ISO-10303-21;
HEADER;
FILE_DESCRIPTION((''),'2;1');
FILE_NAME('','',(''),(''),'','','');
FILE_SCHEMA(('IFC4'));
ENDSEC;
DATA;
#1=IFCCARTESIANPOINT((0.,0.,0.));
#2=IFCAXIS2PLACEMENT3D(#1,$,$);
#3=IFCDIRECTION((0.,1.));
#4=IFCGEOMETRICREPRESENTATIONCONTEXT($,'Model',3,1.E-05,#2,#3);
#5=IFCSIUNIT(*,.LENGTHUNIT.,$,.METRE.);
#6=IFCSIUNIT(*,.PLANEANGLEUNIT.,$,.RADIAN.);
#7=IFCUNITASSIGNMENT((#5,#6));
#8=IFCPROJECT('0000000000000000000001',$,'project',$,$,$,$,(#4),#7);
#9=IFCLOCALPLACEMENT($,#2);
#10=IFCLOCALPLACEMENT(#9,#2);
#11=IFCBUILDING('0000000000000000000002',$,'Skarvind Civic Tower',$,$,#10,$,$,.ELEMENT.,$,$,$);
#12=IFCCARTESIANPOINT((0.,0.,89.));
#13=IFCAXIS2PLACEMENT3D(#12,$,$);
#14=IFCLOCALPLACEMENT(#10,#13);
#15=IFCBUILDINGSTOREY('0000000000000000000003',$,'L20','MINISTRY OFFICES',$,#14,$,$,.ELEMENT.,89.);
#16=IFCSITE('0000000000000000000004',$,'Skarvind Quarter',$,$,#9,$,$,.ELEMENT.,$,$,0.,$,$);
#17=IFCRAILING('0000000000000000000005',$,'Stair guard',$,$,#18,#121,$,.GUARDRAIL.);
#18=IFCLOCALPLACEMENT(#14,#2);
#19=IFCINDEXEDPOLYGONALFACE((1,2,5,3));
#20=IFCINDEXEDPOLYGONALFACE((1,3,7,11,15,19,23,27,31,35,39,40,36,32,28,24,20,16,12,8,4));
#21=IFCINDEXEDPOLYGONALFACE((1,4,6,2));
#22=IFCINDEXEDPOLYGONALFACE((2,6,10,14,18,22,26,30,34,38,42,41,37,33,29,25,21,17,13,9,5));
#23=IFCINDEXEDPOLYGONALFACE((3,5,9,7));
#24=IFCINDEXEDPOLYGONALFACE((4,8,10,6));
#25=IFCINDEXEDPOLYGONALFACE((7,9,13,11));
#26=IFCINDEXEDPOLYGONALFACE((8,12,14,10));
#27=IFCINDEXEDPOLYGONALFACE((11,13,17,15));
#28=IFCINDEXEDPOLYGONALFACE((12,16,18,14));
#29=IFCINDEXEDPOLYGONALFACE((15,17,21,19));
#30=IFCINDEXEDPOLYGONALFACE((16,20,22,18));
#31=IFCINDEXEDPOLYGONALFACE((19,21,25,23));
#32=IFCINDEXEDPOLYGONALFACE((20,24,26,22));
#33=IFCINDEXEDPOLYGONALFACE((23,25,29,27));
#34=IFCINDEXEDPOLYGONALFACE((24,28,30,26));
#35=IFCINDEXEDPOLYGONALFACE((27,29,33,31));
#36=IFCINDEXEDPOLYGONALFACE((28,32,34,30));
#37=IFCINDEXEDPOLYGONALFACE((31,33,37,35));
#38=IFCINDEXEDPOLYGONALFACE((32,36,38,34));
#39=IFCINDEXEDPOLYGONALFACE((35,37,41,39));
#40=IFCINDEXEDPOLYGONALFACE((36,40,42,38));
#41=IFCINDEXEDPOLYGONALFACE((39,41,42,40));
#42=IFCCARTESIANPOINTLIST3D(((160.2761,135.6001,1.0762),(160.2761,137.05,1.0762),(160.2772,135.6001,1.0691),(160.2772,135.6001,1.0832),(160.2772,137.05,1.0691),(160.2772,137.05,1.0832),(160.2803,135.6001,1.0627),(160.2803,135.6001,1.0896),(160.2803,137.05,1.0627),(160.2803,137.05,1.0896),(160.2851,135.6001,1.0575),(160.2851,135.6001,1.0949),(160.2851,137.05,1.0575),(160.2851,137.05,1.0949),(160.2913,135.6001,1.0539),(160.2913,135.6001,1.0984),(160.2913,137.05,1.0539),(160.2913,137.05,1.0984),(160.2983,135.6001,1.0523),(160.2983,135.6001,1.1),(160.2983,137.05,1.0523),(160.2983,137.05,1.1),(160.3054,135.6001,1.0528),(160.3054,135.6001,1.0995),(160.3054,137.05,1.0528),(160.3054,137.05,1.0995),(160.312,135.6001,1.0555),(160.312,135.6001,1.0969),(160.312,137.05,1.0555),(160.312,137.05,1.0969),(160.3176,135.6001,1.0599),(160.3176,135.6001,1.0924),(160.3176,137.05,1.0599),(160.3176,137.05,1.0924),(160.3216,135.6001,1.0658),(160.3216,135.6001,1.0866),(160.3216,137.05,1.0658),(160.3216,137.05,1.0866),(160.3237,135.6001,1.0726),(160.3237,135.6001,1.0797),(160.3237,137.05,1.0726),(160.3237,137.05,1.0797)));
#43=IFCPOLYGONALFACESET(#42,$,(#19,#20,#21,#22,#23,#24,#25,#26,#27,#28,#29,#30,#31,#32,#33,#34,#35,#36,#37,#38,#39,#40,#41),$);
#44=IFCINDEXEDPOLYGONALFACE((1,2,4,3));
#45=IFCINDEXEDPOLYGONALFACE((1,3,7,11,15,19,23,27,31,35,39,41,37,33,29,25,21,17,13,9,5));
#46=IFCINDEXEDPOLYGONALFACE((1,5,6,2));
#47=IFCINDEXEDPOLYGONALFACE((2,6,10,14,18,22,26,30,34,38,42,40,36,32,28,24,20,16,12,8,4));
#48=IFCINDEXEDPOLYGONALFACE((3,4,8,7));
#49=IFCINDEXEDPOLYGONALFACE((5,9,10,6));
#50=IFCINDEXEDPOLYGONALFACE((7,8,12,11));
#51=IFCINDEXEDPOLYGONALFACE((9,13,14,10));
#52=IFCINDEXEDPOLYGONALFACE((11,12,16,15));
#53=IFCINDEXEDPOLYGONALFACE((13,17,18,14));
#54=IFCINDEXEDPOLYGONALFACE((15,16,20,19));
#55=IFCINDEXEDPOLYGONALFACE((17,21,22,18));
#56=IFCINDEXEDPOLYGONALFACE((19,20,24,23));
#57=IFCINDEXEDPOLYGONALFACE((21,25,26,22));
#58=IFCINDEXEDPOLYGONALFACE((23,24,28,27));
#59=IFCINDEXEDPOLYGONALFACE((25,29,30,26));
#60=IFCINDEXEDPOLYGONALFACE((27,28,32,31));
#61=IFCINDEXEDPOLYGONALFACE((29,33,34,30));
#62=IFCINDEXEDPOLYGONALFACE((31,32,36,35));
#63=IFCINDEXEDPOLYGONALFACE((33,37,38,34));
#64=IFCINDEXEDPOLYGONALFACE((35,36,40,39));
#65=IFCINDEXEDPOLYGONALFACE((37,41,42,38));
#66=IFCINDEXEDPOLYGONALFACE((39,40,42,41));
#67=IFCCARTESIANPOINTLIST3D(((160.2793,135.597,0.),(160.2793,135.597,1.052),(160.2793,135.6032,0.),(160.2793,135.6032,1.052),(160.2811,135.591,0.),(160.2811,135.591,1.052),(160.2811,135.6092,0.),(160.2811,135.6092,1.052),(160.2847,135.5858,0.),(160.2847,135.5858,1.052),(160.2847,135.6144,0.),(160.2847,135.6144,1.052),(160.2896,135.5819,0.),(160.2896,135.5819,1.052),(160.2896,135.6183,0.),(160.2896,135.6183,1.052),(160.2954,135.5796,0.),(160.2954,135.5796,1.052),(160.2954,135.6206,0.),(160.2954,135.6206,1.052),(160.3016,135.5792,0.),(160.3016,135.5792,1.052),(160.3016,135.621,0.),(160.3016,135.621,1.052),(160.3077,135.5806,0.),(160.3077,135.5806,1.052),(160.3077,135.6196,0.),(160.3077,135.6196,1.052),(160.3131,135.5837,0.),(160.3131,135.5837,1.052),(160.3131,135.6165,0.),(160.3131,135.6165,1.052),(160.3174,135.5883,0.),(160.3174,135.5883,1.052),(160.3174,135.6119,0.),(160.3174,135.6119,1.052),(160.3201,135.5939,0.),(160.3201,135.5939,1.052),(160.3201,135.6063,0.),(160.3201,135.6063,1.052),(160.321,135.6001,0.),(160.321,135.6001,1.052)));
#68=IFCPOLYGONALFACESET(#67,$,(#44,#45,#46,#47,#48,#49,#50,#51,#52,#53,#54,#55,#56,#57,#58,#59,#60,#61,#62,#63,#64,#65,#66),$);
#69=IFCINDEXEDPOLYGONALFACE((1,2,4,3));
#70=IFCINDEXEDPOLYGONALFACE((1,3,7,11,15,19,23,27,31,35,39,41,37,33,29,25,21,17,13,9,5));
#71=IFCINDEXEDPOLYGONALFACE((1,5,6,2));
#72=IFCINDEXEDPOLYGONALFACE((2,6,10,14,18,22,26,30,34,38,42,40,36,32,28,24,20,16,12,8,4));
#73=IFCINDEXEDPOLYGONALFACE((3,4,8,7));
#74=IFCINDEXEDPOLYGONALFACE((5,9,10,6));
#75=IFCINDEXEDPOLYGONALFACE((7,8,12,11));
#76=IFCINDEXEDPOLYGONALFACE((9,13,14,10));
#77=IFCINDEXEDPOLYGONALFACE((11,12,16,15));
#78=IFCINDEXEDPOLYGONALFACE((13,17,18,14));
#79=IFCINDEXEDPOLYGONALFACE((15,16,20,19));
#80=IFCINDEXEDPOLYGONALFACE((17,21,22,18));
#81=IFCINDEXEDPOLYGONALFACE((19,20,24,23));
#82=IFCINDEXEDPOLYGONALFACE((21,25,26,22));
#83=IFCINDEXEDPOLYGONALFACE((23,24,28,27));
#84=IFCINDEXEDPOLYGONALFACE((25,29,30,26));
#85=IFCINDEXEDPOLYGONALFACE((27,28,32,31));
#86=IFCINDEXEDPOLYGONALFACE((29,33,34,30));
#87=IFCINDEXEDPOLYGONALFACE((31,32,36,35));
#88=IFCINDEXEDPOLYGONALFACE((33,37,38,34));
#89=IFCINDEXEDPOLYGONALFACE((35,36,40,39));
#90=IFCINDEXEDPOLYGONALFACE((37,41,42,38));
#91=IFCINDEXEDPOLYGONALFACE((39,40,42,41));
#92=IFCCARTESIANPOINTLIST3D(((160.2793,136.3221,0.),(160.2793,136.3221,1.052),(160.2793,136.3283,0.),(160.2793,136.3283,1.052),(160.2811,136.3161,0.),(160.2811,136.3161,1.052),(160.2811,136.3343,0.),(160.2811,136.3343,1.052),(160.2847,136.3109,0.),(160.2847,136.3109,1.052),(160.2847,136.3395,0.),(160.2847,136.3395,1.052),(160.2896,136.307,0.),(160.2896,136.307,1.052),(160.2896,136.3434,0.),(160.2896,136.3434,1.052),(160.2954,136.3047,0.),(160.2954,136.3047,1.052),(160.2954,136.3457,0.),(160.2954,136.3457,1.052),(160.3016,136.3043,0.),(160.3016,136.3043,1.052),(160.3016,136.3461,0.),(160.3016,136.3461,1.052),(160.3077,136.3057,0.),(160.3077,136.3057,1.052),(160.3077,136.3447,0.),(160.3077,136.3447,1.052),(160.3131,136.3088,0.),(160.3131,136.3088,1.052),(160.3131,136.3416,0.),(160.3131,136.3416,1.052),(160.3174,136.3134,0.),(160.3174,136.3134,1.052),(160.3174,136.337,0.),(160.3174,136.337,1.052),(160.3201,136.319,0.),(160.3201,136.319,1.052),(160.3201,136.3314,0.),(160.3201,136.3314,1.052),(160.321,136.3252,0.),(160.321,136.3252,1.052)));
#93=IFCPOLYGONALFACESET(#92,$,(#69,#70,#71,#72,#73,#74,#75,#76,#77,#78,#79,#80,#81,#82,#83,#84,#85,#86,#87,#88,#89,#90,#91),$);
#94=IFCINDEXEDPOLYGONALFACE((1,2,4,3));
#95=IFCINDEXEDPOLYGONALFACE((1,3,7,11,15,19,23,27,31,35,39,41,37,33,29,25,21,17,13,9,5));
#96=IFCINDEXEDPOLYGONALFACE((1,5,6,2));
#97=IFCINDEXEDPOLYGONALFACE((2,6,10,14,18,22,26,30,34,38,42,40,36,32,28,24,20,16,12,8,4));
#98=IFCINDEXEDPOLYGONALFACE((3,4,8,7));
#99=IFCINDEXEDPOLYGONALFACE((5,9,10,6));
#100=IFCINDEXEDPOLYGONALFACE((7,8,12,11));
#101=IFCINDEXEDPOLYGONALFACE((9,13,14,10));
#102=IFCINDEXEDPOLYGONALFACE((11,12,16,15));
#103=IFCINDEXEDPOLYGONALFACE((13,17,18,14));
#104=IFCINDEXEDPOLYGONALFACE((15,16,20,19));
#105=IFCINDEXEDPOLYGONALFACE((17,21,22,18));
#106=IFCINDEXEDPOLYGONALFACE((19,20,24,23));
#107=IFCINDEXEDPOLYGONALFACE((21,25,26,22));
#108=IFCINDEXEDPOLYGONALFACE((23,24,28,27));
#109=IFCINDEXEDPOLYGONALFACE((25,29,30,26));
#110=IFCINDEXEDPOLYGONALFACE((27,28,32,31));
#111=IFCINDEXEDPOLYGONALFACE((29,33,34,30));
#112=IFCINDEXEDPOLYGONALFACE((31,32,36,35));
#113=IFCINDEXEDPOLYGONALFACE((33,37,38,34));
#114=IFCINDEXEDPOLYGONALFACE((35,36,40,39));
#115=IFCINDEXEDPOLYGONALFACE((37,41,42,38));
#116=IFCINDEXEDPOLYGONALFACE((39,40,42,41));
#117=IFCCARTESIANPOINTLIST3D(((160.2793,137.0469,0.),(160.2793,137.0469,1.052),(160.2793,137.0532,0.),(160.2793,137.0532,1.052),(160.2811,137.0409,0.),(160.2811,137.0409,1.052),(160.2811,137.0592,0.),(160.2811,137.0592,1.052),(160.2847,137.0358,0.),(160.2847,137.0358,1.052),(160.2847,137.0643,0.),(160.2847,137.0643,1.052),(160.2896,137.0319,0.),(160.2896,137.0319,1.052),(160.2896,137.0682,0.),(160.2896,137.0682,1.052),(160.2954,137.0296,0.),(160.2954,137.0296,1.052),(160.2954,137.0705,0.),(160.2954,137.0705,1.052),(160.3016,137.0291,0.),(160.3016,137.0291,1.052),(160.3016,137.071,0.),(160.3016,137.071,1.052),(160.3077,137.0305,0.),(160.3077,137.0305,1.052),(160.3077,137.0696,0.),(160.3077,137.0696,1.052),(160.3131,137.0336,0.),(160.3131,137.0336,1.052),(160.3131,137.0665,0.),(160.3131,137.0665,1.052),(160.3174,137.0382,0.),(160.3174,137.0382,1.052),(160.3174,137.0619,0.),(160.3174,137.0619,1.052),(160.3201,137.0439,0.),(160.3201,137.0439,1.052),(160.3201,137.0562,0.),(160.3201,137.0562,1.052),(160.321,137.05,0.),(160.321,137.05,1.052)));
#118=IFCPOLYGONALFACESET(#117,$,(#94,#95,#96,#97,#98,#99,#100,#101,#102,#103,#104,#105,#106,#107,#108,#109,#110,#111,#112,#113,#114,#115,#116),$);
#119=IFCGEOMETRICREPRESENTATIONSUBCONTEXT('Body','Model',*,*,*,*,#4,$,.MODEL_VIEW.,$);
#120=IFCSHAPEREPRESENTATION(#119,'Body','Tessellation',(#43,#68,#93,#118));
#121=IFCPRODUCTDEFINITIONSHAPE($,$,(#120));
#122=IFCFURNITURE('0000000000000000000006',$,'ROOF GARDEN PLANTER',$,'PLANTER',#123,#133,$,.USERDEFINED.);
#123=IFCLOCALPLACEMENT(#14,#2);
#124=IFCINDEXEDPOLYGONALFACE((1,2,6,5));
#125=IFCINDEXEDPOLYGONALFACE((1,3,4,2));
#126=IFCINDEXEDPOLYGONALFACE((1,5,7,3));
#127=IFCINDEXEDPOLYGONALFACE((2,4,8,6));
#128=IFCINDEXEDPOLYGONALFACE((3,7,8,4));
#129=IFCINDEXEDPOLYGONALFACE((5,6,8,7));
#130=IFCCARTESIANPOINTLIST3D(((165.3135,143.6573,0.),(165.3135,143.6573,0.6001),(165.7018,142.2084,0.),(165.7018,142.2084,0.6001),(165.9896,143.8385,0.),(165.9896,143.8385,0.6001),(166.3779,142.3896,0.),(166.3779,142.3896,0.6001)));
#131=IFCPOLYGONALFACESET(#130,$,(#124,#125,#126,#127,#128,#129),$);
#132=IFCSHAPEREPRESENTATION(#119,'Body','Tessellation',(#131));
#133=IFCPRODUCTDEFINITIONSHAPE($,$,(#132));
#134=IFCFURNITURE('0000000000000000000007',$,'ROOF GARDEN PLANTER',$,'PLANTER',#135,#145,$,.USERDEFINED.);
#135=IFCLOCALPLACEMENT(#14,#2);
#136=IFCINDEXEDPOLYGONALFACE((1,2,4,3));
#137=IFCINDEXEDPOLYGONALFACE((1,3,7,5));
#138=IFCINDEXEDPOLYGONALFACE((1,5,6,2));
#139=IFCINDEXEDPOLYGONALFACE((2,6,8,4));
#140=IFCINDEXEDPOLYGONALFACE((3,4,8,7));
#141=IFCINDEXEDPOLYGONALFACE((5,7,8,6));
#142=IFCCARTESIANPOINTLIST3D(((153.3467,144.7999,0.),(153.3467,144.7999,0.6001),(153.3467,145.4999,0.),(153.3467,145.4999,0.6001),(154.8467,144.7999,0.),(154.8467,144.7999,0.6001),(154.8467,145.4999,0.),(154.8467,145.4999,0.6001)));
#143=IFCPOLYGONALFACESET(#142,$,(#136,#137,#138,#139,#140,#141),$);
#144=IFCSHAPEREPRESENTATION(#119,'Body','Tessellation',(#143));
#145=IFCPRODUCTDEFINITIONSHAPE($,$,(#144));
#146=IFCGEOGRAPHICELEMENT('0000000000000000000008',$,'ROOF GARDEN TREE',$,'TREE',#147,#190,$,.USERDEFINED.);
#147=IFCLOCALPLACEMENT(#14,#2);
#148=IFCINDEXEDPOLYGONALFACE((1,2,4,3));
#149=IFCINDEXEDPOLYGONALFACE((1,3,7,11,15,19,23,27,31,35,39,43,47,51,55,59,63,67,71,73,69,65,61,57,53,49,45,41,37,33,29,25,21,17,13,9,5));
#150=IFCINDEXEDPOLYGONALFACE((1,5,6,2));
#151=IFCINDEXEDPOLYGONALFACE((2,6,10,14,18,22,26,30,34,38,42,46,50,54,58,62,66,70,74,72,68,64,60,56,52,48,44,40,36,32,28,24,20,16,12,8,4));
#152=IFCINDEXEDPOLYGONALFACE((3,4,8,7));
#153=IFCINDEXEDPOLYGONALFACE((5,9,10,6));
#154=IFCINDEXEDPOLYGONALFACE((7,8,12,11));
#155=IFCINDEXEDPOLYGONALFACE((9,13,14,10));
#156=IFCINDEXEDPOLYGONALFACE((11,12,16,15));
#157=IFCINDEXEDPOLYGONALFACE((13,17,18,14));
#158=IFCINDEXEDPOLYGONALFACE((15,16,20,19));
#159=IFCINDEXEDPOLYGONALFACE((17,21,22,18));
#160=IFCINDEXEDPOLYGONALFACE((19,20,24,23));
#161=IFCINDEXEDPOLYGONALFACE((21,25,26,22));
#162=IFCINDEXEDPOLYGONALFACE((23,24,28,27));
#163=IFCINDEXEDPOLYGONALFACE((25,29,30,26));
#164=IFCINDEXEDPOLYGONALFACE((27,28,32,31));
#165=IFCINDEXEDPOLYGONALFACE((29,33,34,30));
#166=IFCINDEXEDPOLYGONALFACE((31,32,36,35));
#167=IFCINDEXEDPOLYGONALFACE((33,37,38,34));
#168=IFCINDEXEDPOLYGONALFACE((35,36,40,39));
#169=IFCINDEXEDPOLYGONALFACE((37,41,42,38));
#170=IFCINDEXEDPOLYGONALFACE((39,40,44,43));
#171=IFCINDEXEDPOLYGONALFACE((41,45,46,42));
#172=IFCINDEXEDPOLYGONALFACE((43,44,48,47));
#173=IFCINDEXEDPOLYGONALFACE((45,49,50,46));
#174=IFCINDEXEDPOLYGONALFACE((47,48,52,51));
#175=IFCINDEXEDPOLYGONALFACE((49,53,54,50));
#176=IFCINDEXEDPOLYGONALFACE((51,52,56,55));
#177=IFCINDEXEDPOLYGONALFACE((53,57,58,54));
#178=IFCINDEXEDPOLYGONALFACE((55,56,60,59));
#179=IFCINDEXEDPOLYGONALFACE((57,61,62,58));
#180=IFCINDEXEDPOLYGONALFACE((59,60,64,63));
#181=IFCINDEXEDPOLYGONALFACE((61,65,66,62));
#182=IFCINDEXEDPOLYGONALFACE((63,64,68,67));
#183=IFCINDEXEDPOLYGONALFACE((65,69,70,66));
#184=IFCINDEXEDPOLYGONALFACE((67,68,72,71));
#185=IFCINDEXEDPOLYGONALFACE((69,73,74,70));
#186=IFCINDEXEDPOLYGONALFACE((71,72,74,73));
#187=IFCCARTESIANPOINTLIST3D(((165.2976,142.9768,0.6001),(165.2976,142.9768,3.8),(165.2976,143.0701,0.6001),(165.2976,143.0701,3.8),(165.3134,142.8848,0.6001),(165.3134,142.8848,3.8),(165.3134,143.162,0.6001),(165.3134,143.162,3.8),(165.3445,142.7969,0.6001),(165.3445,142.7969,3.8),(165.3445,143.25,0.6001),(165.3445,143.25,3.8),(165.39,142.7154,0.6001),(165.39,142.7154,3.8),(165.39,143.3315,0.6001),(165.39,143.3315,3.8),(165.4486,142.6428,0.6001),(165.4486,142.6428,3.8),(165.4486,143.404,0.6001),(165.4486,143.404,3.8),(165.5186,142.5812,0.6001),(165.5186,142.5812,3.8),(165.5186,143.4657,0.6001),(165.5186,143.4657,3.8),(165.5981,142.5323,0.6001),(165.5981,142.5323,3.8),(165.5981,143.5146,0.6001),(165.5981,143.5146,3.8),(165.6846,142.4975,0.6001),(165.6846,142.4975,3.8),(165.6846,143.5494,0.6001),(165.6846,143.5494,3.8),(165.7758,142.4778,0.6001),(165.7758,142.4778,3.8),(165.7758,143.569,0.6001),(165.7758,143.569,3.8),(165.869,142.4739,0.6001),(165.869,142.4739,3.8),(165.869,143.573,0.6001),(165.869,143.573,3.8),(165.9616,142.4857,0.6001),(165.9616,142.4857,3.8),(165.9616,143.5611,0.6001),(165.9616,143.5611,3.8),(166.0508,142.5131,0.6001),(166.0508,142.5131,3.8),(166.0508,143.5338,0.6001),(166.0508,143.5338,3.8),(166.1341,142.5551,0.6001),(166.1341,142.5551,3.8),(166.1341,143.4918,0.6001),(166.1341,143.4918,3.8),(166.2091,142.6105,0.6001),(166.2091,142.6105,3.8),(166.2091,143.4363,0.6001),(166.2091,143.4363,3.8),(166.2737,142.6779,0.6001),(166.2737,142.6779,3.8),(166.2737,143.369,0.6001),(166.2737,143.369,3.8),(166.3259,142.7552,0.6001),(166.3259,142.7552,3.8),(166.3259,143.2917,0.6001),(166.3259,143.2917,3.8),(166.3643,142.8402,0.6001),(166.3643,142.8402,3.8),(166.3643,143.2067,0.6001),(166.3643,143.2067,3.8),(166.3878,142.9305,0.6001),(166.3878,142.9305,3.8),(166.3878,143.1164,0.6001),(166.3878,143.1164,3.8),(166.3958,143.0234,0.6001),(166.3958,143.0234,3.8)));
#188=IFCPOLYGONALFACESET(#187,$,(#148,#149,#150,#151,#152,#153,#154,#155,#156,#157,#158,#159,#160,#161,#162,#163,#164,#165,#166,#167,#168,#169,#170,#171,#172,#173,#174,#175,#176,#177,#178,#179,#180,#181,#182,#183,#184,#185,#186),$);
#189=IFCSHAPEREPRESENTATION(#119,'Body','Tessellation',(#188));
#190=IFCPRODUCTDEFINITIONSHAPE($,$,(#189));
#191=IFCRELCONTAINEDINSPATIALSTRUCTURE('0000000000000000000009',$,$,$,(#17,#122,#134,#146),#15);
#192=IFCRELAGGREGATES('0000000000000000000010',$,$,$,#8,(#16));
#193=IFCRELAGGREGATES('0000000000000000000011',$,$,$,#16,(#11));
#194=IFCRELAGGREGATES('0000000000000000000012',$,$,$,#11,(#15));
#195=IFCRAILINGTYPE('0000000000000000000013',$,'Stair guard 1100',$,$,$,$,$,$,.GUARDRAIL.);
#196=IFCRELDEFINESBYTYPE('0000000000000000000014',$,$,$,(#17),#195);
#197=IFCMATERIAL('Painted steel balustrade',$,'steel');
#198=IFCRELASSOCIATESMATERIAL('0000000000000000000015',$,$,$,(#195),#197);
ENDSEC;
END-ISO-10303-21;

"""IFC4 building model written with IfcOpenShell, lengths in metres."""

from ifc_helpers import new_model, si_unit, direction, frame, origin, origin_2d, place, context, subcontext, project, spatial, rectangle, circle, extrude, material, type_object, element, save


model = new_model("IFC4")

# Units and contexts
model_context = context("Model", 3, precision=1e-05, world=origin(), true_north=direction((0.0, 1.0)))
body_context = subcontext(model_context, "Body", "Model", "MODEL_VIEW")
ifc_project = project(units=[si_unit("LENGTHUNIT", "METRE"), si_unit("PLANEANGLEUNIT", "RADIAN")], contexts=[model_context])

# Site, building, storey
site_placement = place(None, origin())
site = spatial("IfcSite", under=ifc_project, at=site_placement, Name="Skarvind Quarter", CompositionType="ELEMENT", RefElevation=0.0)
building_placement = place(site_placement, origin())
building = spatial("IfcBuilding", under=site, at=building_placement, Name="Skarvind Civic Tower", CompositionType="ELEMENT")
storey_placement = place(building_placement, frame((0.0, 0.0, 89.0)))
storey = spatial("IfcBuildingStorey", under=building, at=storey_placement, Name="L20", Description="MINISTRY OFFICES", CompositionType="ELEMENT", Elevation=89.0)

# Railing
ifc_material_1 = material(Name="Painted steel balustrade", Category="steel")
railing_type_1 = type_object("IfcRailingType", Name="Stair guard 1100", PredefinedType="GUARDRAIL", material=ifc_material_1)
railing_1_placement = place(storey_placement, frame((160.3, 135.6001, 0.0)))
element("IfcRailing", 1, at=railing_1_placement, inside=storey, type_object=railing_type_1, Name="Stair guard", PredefinedType="GUARDRAIL", context=body_context, shape_type="SweptSolid", body=[
    extrude(circle(Radius=0.0239, at=origin_2d()), frame((0.0, 0.0, 1.0762), z_axis=(0.0, 1.0, 0.0), x_axis=(-1.0, 0.0, 0.0)), (0.0, 0.0, 1.0), 1.45),
    extrude(circle(Radius=0.021, at=origin_2d()), origin(), (0.0, 0.0, 1.0), 1.052),
    extrude(circle(Radius=0.021, at=origin_2d()), frame((0.0, 0.7251, 0.0)), (0.0, 0.0, 1.0), 1.052),
    extrude(circle(Radius=0.021, at=origin_2d()), frame((0.0, 1.45, 0.0)), (0.0, 0.0, 1.0), 1.052),
])

# Furniture
for number, where, z_axis, x_axis, name in (
    (2, (165.8457, 143.0234, 0.0), (0.0, 0.0, 1.0), (0.258819, -0.965926, 0.0), "ROOF GARDEN PLANTER"),
    (3, (154.0967, 145.1499, 0.0), (0.0, 0.0, 1.0), (1.0, 0.0, 0.0), "ROOF GARDEN PLANTER"),
):
    element("IfcFurniture", number, at=place(storey_placement, frame(where, z_axis=z_axis, x_axis=x_axis)), inside=storey, Name=name, ObjectType="PLANTER", PredefinedType="USERDEFINED", context=body_context, shape_type="SweptSolid", body=[
        extrude(rectangle(XDim=1.5, YDim=0.7, at=origin_2d()), origin(), (0.0, 0.0, 1.0), 0.6001),
    ])

# Geographic element
for number, where, z_axis, x_axis, name in (
    (4, (165.8457, 143.0234, 0.6001), (0.0, 0.0, 1.0), (1.0, 0.0, 0.0), "ROOF GARDEN TREE"),
):
    element("IfcGeographicElement", number, at=place(storey_placement, frame(where, z_axis=z_axis, x_axis=x_axis)), inside=storey, Name=name, ObjectType="TREE", PredefinedType="USERDEFINED", context=body_context, shape_type="SweptSolid", body=[
        extrude(circle(Radius=0.55, at=origin_2d()), origin(), (0.0, 0.0, 1.0), 3.2),
    ])

save(model, "model.ifc")
